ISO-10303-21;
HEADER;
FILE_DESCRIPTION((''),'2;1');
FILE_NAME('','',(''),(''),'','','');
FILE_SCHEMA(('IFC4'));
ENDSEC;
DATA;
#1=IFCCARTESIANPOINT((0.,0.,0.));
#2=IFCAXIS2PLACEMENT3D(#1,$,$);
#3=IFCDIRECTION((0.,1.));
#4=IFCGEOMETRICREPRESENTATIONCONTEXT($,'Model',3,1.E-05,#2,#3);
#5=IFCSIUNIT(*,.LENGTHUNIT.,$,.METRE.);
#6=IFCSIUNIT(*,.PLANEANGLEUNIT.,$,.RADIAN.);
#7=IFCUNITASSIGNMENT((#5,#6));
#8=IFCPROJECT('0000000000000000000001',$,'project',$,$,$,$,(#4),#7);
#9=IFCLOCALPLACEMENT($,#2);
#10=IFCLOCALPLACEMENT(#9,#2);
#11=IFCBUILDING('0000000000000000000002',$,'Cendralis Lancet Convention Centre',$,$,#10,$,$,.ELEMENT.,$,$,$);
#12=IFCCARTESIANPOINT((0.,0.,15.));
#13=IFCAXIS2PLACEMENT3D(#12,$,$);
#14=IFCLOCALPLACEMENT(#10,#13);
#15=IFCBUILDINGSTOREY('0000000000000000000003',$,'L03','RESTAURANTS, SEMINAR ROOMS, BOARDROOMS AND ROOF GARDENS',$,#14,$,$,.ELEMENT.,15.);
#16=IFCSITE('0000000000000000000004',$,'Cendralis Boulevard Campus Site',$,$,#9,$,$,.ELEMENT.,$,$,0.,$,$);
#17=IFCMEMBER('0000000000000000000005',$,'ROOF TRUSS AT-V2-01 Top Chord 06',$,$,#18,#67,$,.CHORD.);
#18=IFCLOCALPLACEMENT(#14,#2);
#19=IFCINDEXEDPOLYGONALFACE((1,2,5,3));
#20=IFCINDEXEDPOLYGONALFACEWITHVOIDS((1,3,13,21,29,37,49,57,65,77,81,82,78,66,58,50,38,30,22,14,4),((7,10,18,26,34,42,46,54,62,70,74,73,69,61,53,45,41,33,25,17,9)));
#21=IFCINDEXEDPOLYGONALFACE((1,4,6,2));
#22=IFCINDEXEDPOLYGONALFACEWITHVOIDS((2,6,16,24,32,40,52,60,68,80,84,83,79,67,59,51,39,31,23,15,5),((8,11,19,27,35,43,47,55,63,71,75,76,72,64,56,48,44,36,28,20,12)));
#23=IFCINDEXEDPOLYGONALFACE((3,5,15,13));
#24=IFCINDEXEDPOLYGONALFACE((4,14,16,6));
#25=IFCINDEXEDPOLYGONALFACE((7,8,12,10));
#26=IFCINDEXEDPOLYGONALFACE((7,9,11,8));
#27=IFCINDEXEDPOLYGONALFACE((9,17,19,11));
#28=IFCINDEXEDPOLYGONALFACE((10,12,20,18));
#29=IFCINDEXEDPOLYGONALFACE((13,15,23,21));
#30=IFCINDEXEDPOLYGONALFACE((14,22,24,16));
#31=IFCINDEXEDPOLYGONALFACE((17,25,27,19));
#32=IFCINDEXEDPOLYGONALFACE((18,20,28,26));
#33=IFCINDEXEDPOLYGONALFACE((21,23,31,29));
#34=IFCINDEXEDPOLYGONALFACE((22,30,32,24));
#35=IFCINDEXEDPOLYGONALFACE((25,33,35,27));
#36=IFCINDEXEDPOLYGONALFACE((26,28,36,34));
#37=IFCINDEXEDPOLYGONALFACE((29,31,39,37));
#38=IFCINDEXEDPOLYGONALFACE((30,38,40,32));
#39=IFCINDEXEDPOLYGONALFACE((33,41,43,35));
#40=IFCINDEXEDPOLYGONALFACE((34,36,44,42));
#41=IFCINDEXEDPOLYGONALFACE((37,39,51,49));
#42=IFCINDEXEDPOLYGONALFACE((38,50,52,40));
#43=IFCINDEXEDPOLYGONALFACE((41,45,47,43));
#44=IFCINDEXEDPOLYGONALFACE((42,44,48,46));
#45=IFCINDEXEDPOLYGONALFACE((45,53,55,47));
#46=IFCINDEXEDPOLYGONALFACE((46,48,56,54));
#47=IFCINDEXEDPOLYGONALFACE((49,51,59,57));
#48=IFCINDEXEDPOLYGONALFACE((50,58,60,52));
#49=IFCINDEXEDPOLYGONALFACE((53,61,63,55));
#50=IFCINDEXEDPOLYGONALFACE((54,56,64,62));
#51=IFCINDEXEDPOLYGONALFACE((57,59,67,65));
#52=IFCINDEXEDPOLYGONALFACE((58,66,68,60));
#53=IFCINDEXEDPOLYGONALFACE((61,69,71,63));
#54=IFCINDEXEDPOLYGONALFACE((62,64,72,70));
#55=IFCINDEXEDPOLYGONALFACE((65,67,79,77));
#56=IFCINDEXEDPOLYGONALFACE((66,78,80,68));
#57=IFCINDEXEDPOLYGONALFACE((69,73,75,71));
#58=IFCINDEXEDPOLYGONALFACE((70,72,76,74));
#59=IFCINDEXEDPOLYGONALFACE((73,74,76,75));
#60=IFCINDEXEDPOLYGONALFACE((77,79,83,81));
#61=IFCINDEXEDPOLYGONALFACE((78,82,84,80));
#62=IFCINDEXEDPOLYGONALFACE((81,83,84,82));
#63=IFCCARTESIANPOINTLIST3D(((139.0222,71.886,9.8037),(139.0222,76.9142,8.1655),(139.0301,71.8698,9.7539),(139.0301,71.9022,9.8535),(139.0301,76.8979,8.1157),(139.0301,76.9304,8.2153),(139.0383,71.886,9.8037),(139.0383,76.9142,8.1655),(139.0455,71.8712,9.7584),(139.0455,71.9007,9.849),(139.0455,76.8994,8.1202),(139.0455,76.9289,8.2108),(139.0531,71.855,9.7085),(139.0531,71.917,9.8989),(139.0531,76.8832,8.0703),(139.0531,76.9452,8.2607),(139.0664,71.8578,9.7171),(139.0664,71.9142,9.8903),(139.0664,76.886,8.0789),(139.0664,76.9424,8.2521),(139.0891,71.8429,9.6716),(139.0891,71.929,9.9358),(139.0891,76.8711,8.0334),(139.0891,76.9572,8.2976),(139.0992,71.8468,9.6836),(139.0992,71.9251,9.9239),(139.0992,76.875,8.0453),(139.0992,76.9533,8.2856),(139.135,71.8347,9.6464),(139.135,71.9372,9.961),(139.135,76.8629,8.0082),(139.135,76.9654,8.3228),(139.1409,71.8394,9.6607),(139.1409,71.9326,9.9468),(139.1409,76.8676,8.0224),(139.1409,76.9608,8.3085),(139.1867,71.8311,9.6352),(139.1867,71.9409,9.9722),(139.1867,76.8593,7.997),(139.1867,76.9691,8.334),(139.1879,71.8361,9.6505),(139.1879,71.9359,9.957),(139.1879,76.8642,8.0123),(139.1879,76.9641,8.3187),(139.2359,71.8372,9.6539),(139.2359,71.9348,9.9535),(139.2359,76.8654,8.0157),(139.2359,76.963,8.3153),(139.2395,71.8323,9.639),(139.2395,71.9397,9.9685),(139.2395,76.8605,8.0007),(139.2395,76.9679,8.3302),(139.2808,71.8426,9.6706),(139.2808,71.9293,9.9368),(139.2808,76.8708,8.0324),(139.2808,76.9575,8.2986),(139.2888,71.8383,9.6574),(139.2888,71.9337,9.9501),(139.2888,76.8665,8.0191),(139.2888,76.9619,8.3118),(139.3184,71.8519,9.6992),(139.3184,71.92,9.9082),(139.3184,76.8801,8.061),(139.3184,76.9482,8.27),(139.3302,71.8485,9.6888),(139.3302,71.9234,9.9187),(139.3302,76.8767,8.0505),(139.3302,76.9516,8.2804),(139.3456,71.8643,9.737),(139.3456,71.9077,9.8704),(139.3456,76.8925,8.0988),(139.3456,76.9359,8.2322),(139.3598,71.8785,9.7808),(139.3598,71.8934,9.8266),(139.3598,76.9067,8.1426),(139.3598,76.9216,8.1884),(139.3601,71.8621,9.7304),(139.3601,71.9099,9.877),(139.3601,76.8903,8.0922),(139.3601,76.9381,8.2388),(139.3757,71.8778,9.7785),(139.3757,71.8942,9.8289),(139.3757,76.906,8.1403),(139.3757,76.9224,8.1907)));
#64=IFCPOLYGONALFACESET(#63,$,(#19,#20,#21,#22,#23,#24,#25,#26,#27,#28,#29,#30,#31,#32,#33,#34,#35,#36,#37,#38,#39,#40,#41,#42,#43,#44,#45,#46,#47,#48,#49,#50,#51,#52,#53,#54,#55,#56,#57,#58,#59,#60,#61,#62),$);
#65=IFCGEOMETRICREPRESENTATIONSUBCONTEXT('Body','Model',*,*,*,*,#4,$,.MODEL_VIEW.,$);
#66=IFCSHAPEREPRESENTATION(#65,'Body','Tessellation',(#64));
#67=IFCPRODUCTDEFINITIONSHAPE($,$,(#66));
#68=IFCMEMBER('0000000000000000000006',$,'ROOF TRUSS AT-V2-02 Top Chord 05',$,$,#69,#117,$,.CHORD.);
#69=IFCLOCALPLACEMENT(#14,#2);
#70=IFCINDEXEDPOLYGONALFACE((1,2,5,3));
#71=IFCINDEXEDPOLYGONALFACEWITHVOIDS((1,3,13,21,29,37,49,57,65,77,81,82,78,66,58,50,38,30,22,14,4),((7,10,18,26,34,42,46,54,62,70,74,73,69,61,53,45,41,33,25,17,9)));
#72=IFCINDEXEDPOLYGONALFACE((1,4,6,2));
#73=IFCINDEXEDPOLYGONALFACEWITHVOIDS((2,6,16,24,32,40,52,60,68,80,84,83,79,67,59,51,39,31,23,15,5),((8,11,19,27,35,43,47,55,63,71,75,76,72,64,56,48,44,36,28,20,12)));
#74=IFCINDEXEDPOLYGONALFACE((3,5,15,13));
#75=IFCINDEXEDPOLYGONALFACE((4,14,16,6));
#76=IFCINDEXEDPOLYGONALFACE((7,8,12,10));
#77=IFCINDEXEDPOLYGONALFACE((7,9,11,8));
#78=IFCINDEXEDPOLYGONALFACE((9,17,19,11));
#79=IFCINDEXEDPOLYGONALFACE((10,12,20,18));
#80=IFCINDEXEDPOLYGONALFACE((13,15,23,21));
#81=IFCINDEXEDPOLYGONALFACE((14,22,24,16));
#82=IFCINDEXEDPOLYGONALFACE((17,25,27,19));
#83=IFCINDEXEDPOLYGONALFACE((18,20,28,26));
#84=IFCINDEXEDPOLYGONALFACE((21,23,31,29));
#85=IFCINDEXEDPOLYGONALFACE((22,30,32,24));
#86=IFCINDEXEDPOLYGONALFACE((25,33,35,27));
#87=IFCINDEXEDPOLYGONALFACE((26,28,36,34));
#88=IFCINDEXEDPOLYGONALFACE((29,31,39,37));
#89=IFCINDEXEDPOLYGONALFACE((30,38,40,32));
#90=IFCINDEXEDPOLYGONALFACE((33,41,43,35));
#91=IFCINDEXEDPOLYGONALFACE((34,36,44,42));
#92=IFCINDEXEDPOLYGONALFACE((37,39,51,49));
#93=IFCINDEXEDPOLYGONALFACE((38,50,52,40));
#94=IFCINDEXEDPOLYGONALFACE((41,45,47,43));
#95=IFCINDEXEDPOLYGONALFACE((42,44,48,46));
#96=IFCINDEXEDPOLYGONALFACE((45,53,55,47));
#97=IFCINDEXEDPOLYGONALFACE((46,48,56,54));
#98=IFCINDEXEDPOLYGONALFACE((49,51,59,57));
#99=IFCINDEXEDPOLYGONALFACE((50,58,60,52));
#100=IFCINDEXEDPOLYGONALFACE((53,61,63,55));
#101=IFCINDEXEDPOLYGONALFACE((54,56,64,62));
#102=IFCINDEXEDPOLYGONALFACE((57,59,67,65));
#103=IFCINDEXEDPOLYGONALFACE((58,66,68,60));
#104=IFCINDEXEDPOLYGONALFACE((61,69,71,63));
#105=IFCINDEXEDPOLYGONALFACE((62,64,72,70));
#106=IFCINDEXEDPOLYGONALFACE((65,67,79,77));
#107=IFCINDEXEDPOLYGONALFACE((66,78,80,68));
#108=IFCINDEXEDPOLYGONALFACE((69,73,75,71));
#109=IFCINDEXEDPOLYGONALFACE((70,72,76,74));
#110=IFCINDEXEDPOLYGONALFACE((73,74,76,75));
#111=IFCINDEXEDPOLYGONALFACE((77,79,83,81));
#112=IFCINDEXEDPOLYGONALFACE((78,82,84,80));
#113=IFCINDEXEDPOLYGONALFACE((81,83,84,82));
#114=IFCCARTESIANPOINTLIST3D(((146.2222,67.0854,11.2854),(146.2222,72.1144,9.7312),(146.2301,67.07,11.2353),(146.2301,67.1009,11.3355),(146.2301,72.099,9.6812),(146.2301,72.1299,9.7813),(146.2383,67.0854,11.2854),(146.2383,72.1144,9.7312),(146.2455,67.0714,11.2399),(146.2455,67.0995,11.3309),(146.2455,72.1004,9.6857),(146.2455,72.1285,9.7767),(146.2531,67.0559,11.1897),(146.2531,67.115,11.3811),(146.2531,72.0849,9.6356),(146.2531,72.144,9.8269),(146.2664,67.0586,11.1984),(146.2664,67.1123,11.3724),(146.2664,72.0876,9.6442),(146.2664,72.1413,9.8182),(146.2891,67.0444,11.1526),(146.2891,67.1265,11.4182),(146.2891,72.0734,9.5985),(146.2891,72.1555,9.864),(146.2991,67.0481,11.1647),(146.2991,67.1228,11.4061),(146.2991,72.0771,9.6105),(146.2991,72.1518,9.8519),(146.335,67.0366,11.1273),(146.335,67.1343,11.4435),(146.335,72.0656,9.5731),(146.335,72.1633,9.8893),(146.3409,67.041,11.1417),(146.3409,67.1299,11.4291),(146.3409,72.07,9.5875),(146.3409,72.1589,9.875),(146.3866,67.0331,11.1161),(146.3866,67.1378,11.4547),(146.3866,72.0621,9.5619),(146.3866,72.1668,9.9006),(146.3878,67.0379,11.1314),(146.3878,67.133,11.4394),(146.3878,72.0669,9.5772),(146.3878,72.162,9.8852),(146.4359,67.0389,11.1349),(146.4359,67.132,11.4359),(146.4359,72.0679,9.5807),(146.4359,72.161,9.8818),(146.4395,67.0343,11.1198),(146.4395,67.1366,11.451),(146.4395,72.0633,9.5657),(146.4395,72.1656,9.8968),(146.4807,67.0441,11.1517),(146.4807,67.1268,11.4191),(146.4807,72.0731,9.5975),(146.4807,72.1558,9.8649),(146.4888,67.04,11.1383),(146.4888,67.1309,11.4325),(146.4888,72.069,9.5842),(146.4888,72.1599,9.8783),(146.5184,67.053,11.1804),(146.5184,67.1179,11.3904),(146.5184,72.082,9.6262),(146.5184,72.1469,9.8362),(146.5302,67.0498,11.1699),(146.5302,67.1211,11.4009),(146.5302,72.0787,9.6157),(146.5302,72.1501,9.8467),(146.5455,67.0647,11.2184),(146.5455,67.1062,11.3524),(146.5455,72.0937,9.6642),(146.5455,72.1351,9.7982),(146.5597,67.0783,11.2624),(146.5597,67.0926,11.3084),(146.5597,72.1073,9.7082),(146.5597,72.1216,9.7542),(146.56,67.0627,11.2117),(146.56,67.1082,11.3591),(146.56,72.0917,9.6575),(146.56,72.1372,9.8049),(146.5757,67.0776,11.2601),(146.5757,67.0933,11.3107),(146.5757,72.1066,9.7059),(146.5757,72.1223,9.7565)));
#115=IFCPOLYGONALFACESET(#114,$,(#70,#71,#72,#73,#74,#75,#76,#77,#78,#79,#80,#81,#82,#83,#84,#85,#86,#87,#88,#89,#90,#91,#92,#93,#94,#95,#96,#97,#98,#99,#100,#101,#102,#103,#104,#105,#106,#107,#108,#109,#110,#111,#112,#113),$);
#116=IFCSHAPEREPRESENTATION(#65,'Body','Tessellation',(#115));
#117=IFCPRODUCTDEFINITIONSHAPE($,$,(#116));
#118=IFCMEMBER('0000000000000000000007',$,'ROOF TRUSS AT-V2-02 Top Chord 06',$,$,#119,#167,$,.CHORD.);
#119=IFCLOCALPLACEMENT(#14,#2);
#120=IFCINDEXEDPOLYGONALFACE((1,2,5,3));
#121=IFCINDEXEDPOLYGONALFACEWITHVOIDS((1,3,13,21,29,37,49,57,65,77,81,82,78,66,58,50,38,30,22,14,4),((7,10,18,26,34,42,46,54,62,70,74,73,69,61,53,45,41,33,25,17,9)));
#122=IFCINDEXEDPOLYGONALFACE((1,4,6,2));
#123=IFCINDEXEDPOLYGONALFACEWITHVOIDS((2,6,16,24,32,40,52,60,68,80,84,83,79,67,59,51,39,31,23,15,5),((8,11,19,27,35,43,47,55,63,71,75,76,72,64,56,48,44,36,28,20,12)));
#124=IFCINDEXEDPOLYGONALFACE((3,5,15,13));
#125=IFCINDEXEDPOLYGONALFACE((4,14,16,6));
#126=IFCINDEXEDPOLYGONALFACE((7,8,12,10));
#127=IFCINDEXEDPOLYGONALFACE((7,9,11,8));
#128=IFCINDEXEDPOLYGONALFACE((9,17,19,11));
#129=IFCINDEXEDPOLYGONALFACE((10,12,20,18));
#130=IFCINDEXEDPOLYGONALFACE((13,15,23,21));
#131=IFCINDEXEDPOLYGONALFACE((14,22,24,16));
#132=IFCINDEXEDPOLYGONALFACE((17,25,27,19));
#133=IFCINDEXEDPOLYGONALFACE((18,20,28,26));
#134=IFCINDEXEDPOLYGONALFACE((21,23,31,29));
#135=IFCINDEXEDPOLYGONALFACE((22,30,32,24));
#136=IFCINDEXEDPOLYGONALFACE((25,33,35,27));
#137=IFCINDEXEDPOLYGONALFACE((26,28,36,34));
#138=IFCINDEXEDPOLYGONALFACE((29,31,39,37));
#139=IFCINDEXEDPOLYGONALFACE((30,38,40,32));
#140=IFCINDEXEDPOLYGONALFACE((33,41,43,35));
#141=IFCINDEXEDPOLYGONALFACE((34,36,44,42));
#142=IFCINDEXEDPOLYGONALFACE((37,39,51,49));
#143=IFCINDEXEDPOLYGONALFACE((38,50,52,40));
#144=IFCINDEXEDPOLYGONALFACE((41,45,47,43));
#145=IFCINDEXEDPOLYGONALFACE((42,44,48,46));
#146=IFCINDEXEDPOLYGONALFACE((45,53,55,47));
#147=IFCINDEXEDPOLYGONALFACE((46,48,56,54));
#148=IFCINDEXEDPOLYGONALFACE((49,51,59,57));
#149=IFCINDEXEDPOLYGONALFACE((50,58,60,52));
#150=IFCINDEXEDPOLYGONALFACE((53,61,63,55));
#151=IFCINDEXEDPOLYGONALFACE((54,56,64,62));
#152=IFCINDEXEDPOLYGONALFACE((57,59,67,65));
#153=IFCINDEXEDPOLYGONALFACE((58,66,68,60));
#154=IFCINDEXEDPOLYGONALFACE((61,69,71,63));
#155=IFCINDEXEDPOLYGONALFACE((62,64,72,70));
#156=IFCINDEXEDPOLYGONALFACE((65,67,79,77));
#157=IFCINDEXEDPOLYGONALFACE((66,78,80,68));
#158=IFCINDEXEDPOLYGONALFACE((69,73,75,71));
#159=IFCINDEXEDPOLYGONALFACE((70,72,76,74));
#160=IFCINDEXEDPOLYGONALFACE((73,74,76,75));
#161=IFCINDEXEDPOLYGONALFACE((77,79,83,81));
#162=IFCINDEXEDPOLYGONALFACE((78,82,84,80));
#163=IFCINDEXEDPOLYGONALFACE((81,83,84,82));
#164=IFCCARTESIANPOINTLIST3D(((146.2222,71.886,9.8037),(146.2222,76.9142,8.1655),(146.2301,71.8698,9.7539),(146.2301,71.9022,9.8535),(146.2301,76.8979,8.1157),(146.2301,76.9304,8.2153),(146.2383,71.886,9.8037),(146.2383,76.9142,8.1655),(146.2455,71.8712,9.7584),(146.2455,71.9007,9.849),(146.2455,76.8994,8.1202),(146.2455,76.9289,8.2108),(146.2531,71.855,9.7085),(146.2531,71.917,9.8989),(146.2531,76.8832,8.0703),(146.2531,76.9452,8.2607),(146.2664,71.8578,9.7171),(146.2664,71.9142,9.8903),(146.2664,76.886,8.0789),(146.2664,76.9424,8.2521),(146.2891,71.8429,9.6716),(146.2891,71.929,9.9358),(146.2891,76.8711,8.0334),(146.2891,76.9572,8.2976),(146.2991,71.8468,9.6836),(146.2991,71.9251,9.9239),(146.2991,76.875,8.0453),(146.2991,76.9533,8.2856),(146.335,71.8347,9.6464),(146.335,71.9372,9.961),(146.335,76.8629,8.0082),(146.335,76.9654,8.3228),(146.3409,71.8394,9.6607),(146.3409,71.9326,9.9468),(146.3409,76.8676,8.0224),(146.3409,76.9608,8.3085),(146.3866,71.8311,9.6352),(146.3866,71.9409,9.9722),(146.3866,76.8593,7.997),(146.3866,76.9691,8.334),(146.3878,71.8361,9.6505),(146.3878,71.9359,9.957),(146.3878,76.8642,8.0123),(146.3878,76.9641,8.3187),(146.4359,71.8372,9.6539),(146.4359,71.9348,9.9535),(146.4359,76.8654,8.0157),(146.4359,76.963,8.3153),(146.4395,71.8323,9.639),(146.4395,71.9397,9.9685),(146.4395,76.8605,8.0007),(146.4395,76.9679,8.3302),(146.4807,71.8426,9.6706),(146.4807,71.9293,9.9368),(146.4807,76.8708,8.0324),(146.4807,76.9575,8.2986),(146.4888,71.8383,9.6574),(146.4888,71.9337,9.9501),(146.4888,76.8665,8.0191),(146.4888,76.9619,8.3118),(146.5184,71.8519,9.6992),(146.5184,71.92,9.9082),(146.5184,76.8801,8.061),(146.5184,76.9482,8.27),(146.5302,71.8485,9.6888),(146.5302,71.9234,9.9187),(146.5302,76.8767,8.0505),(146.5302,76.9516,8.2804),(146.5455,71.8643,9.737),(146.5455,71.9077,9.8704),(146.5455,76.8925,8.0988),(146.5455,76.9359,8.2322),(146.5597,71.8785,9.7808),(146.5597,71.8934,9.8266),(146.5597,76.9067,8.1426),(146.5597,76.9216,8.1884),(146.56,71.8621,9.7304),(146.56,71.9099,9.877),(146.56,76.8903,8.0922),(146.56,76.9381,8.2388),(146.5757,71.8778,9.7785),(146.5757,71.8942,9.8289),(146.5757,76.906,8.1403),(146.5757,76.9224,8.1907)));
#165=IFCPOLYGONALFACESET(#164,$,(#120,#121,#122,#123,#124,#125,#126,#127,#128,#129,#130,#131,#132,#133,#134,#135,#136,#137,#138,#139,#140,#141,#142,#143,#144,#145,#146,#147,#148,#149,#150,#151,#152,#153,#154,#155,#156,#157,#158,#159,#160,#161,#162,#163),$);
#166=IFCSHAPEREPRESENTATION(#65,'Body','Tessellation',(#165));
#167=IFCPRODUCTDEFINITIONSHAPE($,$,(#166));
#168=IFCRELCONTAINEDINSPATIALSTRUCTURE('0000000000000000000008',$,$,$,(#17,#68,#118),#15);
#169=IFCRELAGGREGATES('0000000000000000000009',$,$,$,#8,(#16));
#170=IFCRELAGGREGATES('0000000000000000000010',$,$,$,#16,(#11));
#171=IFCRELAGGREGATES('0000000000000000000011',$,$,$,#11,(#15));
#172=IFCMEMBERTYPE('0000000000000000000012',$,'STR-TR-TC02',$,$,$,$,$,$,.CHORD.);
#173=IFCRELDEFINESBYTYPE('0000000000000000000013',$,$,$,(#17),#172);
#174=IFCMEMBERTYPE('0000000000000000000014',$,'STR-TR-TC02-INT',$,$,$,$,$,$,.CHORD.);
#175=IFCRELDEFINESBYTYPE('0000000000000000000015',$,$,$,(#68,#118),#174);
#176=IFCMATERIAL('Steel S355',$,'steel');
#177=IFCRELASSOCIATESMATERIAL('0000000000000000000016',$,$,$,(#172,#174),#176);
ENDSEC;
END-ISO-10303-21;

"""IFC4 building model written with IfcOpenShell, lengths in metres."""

from ifc_helpers import new_model, si_unit, direction, frame, origin, origin_2d, place, context, subcontext, project, spatial, hollow_circle, extrude, material, material_profile, profile_set, type_object, element, save


model = new_model("IFC4")

# Units and contexts
model_context = context("Model", 3, precision=1e-05, world=origin(), true_north=direction((0.0, 1.0)))
body_context = subcontext(model_context, "Body", "Model", "MODEL_VIEW")
ifc_project = project(units=[si_unit("LENGTHUNIT", "METRE"), si_unit("PLANEANGLEUNIT", "RADIAN")], contexts=[model_context])

# Site, building, storey
site_placement = place(None, origin())
site = spatial("IfcSite", under=ifc_project, at=site_placement, Name="Cendralis Boulevard Campus Site", CompositionType="ELEMENT", RefElevation=0.0)
building_placement = place(site_placement, origin())
building = spatial("IfcBuilding", under=site, at=building_placement, Name="Cendralis Lancet Convention Centre", CompositionType="ELEMENT")
storey_placement = place(building_placement, frame((0.0, 0.0, 15.0)))
storey = spatial("IfcBuildingStorey", under=building, at=storey_placement, Name="L03", Description="RESTAURANTS, SEMINAR ROOMS, BOARDROOMS AND ROOF GARDENS", CompositionType="ELEMENT", Elevation=15.0)

# Members
ifc_material_1 = material(Name="Steel S355", Category="steel")
ifc_material_profile_1 = material_profile(ifc_material_1, hollow_circle(Radius=0.1777, WallThickness=0.0161, at=origin_2d()), Name="CHS 355.6x16.0")
ifc_profile_set_1 = profile_set([ifc_material_profile_1], Name="Steel S355")
member_type_1 = type_object("IfcMemberType", Name="STR-TR-TC02", PredefinedType="CHORD", material=ifc_profile_set_1)
member_1_placement = place(storey_placement, frame((139.2, 71.886, 9.8037), z_axis=(0.0, 0.950808, -0.30978), x_axis=(-1.0, 0.0, 0.0)))
element("IfcMember", 1, at=member_1_placement, inside=storey, type_object=member_type_1, Name="ROOF TRUSS AT-V2-01 Top Chord 06", PredefinedType="CHORD", context=body_context, shape_type="SweptSolid", body=[
    extrude(hollow_circle(Radius=0.1777, WallThickness=0.0161, at=origin_2d()), origin(), (0.0, 0.0, 1.0), 5.2883),
])
ifc_material_profile_2 = material_profile(ifc_material_1, hollow_circle(Radius=0.1777, WallThickness=0.0161, at=origin_2d()), Name="CHS 355.6x16.0")
ifc_profile_set_2 = profile_set([ifc_material_profile_2], Name="Steel S355")
member_type_2 = type_object("IfcMemberType", Name="STR-TR-TC02-INT", PredefinedType="CHORD", material=ifc_profile_set_2)
member_2_placement = place(storey_placement, frame((146.3999, 67.0854, 11.2854), z_axis=(0.0, 0.955415, -0.295265), x_axis=(-1.0, 0.0, 0.0)))
element("IfcMember", 2, at=member_2_placement, inside=storey, type_object=member_type_2, Name="ROOF TRUSS AT-V2-02 Top Chord 05", PredefinedType="CHORD", context=body_context, shape_type="SweptSolid", body=[
    extrude(hollow_circle(Radius=0.1777, WallThickness=0.0161, at=origin_2d()), origin(), (0.0, 0.0, 1.0), 5.2637),
])
member_3_placement = place(storey_placement, frame((146.3999, 71.886, 9.8037), z_axis=(0.0, 0.950808, -0.30978), x_axis=(-1.0, 0.0, 0.0)))
element("IfcMember", 3, at=member_3_placement, inside=storey, type_object=member_type_2, Name="ROOF TRUSS AT-V2-02 Top Chord 06", PredefinedType="CHORD", context=body_context, shape_type="SweptSolid", body=[
    extrude(hollow_circle(Radius=0.1777, WallThickness=0.0161, at=origin_2d()), origin(), (0.0, 0.0, 1.0), 5.2883),
])

save(model, "model.ifc")
